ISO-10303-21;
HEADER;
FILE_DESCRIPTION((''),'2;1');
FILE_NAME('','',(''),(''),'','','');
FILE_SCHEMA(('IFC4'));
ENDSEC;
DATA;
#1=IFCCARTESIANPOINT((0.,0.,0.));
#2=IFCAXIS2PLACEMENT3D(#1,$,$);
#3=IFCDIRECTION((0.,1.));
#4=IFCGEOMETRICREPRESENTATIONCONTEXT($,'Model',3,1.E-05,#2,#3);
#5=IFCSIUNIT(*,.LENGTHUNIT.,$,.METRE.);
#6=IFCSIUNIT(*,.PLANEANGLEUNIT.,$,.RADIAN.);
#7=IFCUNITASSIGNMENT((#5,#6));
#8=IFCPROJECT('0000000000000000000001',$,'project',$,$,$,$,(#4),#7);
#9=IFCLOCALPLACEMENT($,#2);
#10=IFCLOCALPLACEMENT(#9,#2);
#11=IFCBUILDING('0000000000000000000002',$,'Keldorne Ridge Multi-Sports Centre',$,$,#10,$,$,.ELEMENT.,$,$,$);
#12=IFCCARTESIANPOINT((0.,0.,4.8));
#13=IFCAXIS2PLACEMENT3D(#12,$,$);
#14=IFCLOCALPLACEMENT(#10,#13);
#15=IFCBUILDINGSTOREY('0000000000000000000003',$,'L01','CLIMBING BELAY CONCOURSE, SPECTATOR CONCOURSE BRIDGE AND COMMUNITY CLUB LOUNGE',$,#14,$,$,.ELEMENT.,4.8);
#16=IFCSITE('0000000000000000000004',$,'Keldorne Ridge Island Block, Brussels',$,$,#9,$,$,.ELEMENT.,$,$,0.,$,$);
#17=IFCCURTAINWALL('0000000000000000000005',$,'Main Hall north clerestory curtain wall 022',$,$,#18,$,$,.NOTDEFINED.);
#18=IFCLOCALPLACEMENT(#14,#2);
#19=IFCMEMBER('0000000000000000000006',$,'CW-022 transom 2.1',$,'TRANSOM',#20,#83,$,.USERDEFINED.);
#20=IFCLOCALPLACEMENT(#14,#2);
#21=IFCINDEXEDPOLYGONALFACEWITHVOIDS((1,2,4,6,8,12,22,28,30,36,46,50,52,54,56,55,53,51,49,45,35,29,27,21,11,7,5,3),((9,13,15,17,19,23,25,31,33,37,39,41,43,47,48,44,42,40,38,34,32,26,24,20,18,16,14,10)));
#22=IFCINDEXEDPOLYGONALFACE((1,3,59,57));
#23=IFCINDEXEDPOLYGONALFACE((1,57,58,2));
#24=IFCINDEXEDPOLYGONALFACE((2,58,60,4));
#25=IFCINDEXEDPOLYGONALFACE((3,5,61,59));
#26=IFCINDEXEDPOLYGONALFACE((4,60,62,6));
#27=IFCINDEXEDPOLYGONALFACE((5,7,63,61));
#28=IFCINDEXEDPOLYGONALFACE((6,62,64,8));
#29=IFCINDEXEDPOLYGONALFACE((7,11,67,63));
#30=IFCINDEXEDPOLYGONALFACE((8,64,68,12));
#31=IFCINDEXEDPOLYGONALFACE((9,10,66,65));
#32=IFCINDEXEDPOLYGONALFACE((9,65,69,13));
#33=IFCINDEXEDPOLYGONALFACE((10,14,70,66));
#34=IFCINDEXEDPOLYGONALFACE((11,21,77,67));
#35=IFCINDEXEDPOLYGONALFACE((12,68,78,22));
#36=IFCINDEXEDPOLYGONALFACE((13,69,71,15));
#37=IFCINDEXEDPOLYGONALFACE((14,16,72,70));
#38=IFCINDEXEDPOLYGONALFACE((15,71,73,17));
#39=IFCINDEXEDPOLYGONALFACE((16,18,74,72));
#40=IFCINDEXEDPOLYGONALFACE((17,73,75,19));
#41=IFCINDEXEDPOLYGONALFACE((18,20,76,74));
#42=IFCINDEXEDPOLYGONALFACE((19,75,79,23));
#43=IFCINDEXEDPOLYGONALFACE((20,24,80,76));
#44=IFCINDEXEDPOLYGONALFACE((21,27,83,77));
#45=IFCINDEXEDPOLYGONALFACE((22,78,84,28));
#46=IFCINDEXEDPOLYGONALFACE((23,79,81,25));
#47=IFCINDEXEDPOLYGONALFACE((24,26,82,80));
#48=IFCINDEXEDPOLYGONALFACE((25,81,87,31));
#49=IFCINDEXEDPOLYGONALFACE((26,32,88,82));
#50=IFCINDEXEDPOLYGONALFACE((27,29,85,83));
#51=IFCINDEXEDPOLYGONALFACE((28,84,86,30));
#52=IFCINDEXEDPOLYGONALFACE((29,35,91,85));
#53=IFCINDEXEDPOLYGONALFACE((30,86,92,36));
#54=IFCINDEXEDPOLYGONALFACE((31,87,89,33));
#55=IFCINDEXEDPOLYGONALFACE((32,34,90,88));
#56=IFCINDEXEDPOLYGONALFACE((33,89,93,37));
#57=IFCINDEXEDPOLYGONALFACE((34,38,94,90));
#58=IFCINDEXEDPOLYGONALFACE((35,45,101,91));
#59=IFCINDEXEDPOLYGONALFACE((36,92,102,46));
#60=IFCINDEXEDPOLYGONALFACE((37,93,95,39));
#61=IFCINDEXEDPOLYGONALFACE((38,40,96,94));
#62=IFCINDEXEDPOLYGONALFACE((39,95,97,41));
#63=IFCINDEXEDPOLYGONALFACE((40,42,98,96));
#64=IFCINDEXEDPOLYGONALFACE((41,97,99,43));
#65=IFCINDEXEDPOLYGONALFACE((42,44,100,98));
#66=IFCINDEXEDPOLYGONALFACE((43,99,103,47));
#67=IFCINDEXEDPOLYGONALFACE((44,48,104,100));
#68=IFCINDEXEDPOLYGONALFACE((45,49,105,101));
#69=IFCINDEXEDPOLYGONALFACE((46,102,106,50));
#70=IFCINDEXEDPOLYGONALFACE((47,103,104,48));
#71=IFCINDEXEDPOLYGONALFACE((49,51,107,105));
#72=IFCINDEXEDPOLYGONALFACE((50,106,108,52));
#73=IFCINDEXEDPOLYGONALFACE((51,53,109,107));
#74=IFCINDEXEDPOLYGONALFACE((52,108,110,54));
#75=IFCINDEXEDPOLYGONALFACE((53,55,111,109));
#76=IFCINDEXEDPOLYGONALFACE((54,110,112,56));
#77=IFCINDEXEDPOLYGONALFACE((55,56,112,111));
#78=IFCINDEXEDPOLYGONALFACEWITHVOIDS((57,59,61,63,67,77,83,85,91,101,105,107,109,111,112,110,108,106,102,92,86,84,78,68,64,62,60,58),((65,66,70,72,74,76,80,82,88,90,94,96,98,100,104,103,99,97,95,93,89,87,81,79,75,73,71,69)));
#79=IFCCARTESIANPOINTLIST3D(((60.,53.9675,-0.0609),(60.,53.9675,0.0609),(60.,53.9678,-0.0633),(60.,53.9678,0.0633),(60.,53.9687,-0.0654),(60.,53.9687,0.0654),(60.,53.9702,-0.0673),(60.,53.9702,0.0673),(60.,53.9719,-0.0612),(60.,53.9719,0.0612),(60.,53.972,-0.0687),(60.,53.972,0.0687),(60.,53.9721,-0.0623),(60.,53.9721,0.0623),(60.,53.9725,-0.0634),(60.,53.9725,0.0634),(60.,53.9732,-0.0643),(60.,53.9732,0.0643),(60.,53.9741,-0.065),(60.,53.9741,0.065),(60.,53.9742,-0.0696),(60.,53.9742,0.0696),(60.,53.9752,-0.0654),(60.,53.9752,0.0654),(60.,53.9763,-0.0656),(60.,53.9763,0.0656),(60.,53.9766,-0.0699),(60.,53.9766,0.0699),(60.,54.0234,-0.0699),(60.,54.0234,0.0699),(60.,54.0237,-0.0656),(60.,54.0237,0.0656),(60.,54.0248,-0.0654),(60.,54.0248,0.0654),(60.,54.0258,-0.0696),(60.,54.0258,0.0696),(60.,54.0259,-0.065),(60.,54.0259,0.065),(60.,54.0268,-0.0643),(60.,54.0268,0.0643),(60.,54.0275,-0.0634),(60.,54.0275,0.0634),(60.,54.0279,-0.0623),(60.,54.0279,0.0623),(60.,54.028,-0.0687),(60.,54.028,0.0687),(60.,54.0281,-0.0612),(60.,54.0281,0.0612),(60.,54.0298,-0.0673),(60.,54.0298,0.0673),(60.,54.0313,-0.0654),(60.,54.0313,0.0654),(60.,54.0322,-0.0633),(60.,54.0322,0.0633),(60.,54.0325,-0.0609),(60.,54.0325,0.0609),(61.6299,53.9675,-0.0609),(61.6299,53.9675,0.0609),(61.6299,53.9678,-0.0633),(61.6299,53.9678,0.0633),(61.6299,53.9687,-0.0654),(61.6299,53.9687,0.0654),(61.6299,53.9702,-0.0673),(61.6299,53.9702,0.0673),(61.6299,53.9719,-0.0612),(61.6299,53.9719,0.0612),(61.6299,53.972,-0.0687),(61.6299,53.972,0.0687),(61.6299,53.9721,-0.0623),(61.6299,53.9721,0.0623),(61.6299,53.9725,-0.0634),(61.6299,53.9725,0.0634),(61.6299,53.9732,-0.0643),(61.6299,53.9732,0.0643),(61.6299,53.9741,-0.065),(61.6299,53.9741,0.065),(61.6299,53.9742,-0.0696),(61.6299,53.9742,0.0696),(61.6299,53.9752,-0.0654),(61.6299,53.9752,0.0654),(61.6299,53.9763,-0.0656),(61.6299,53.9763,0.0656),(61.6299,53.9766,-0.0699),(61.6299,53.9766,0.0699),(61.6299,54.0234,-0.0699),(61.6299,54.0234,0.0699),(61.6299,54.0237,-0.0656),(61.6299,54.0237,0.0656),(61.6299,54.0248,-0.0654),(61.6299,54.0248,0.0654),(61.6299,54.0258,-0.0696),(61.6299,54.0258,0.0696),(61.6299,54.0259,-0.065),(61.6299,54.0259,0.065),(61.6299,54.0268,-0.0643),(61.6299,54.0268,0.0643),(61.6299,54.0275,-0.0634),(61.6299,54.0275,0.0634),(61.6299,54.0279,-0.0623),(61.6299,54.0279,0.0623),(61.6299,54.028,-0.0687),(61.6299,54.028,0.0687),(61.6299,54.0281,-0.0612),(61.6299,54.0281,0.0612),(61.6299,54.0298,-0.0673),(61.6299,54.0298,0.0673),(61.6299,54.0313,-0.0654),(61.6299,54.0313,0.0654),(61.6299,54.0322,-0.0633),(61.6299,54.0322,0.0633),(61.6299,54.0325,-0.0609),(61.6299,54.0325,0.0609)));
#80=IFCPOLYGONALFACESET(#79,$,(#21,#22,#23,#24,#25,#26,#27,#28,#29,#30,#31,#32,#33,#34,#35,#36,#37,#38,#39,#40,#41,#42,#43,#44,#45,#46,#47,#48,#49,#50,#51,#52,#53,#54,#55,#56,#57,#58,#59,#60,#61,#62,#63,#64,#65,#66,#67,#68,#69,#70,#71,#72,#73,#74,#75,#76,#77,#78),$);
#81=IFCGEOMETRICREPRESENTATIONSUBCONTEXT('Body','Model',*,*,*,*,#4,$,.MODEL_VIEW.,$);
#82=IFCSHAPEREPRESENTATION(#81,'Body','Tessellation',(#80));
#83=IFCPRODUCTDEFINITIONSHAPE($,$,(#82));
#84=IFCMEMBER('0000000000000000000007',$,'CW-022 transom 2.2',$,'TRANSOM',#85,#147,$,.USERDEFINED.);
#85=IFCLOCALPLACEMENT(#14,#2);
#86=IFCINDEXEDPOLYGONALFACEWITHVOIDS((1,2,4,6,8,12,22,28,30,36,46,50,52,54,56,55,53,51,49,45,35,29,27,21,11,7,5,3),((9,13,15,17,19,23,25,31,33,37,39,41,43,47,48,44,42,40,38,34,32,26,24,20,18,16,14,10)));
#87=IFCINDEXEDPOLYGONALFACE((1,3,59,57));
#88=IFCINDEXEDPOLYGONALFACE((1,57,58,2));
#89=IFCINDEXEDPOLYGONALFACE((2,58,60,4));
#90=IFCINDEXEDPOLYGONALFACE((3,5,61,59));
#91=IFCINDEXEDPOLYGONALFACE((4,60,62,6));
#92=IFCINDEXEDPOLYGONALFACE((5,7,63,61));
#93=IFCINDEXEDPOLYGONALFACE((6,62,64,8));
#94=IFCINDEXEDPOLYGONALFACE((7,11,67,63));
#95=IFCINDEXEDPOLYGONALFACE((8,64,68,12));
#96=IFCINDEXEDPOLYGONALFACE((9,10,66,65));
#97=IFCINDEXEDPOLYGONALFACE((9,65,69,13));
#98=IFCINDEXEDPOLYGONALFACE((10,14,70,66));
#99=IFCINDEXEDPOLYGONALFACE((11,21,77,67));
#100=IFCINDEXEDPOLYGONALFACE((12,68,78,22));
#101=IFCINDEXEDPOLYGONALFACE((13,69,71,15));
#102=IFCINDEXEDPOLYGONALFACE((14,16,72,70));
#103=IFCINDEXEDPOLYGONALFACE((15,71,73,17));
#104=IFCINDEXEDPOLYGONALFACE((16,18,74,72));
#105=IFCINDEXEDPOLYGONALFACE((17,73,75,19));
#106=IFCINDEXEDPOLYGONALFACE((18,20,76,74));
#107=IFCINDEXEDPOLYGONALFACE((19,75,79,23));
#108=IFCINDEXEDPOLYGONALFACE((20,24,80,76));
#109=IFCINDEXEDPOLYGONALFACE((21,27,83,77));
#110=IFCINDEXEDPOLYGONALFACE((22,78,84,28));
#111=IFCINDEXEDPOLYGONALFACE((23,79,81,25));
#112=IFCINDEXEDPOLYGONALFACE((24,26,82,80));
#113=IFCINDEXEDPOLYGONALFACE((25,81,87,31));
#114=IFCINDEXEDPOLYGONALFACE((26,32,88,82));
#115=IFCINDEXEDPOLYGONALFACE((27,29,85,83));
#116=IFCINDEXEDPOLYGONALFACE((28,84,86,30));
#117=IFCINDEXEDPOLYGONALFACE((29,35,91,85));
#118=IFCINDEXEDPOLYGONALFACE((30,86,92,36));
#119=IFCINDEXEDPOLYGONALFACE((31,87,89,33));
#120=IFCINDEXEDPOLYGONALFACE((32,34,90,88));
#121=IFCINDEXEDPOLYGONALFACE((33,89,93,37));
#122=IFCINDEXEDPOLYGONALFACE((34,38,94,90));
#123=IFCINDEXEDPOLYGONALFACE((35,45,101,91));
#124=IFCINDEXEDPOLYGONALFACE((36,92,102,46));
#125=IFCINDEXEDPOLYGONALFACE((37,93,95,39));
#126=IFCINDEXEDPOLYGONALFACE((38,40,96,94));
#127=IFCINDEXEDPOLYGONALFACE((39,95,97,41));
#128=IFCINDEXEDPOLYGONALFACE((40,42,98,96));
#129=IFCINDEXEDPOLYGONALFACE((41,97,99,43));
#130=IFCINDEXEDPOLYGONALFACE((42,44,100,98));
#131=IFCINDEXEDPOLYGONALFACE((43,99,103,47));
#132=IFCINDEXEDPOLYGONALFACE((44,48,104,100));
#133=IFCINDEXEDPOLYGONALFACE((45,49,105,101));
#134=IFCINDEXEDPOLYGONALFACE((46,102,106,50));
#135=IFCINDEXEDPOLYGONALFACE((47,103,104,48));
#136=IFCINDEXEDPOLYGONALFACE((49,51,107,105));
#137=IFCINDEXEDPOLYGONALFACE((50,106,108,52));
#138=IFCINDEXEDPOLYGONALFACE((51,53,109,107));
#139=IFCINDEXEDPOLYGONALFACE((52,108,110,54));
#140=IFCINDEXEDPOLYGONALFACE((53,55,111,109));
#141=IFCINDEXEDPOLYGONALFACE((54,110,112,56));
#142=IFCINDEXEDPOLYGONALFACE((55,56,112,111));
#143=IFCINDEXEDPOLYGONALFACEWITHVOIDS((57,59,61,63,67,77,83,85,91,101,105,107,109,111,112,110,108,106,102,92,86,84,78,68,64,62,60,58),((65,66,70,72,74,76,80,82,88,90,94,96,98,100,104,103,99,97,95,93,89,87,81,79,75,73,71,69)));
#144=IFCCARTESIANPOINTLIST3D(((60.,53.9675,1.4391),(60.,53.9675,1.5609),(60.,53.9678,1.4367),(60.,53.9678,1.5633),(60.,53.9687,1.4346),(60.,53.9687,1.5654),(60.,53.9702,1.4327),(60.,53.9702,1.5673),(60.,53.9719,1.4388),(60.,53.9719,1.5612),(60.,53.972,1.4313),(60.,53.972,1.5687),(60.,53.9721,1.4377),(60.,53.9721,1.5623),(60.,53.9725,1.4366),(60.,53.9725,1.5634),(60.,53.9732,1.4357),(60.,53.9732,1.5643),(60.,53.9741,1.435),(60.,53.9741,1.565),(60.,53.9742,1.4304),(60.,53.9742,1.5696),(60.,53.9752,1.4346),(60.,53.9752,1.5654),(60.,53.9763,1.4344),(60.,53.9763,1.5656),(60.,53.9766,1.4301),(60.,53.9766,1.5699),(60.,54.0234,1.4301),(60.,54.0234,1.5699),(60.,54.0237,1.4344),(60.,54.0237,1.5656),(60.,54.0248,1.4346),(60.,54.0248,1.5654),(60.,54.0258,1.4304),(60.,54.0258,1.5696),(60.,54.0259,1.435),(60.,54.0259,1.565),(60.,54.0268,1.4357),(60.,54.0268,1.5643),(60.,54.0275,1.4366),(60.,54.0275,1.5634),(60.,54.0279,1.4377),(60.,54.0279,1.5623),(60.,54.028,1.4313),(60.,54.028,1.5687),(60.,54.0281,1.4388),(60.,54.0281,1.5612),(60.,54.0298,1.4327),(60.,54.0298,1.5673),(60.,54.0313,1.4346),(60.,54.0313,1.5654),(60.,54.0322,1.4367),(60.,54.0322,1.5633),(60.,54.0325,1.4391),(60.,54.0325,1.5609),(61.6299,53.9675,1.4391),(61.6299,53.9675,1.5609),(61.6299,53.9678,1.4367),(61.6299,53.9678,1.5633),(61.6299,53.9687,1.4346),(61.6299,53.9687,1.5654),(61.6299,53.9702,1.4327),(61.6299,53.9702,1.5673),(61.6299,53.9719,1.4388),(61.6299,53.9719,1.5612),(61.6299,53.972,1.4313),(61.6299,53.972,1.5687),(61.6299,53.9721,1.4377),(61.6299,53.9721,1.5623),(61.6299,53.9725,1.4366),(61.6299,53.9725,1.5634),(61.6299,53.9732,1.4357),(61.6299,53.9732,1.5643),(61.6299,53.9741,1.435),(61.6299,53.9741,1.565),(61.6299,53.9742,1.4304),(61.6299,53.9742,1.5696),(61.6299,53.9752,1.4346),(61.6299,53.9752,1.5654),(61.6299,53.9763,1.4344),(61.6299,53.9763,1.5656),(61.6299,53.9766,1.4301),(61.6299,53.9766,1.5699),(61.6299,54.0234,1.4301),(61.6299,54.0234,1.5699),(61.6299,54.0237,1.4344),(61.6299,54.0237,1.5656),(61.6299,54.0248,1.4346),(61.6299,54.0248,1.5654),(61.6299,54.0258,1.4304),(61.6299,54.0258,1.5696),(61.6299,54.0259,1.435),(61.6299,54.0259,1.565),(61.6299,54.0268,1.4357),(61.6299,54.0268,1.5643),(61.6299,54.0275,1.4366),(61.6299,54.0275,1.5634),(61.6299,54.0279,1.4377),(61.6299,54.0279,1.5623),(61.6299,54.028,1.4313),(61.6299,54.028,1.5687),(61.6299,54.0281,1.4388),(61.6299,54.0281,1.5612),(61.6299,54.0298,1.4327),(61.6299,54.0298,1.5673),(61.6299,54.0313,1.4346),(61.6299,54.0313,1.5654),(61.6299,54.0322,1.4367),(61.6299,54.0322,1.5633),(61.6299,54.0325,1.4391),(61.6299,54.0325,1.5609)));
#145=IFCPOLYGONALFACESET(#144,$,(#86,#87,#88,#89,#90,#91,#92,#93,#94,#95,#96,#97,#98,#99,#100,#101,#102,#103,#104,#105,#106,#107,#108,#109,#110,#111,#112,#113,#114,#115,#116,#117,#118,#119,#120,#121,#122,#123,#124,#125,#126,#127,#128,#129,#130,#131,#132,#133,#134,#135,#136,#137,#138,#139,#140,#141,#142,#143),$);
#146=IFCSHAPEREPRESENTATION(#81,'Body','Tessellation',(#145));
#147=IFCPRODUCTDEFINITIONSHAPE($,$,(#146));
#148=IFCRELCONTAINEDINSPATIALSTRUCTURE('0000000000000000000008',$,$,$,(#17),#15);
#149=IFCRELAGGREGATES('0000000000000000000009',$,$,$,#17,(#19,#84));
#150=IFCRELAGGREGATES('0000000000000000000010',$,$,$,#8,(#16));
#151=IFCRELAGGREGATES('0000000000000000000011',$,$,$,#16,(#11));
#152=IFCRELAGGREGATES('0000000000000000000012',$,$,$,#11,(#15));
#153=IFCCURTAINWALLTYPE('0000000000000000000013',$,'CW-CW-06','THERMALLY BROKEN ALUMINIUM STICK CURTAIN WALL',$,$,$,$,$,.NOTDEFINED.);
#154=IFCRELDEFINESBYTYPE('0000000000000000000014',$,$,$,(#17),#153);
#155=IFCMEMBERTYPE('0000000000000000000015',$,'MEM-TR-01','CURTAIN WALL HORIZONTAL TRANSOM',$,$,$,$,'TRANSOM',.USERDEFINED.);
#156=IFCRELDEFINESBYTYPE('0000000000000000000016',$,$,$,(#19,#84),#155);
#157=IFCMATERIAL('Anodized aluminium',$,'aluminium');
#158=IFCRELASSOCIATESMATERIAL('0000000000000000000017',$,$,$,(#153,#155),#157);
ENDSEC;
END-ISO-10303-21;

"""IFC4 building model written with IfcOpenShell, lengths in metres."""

from ifc_helpers import new_model, si_unit, direction, frame, origin, origin_2d, place, context, subcontext, project, spatial, hollow_rectangle, extrude, material, material_profile, profile_set, type_object, element, aggregate, save


model = new_model("IFC4")

# Units and contexts
model_context = context("Model", 3, precision=1e-05, world=origin(), true_north=direction((0.0, 1.0)))
body_context = subcontext(model_context, "Body", "Model", "MODEL_VIEW")
ifc_project = project(units=[si_unit("LENGTHUNIT", "METRE"), si_unit("PLANEANGLEUNIT", "RADIAN")], contexts=[model_context])

# Site, building, storey
site_placement = place(None, origin())
site = spatial("IfcSite", under=ifc_project, at=site_placement, Name="Keldorne Ridge Island Block, Brussels", CompositionType="ELEMENT", RefElevation=0.0)
building_placement = place(site_placement, origin())
building = spatial("IfcBuilding", under=site, at=building_placement, Name="Keldorne Ridge Multi-Sports Centre", CompositionType="ELEMENT")
storey_placement = place(building_placement, frame((0.0, 0.0, 4.8)))
storey = spatial("IfcBuildingStorey", under=building, at=storey_placement, Name="L01", Description="CLIMBING BELAY CONCOURSE, SPECTATOR CONCOURSE BRIDGE AND COMMUNITY CLUB LOUNGE", CompositionType="ELEMENT", Elevation=4.8)

# Curtain wall
ifc_material_1 = material(Name="Anodized aluminium", Category="aluminium")
curtain_wall_type_1 = type_object("IfcCurtainWallType", Name="CW-CW-06", Description="THERMALLY BROKEN ALUMINIUM STICK CURTAIN WALL", PredefinedType="NOTDEFINED", material=ifc_material_1)
curtain_wall_1_placement = place(storey_placement, origin())
curtain_wall_1 = element("IfcCurtainWall", 1, at=curtain_wall_1_placement, inside=storey, type_object=curtain_wall_type_1, Name="Main Hall north clerestory curtain wall 022", PredefinedType="NOTDEFINED")

# Members
ifc_material_profile_1 = material_profile(ifc_material_1, hollow_rectangle(XDim=0.0649, YDim=0.1399, WallThickness=0.0044, InnerFilletRadius=0.0044, OuterFilletRadius=0.009, at=origin_2d()), Name="ALU TRANSOM 140x65x4.5")
ifc_profile_set_1 = profile_set([ifc_material_profile_1], Name="Anodized aluminium")
member_type_1 = type_object("IfcMemberType", Name="MEM-TR-01", Description="CURTAIN WALL HORIZONTAL TRANSOM", ElementType="TRANSOM", PredefinedType="USERDEFINED", material=ifc_profile_set_1)
member_1_placement = place(storey_placement, frame((61.6299, 54.0, 0.0), z_axis=(-1.0, 0.0, 0.0), x_axis=(0.0, -1.0, 0.0)))
member_1 = element("IfcMember", 2, at=member_1_placement, type_object=member_type_1, Name="CW-022 transom 2.1", ObjectType="TRANSOM", PredefinedType="USERDEFINED", context=body_context, shape_type="SweptSolid", body=[
    extrude(hollow_rectangle(XDim=0.0649, YDim=0.1399, WallThickness=0.0044, InnerFilletRadius=0.0044, OuterFilletRadius=0.009, at=origin_2d()), origin(), (0.0, 0.0, 1.0), 1.6299),
])
member_2_placement = place(storey_placement, frame((61.6299, 54.0, 1.5), z_axis=(-1.0, 0.0, 0.0), x_axis=(0.0, -1.0, 0.0)))
member_2 = element("IfcMember", 3, at=member_2_placement, type_object=member_type_1, Name="CW-022 transom 2.2", ObjectType="TRANSOM", PredefinedType="USERDEFINED", context=body_context, shape_type="SweptSolid", body=[
    extrude(hollow_rectangle(XDim=0.0649, YDim=0.1399, WallThickness=0.0044, InnerFilletRadius=0.0044, OuterFilletRadius=0.009, at=origin_2d()), origin(), (0.0, 0.0, 1.0), 1.6299),
])

aggregate(curtain_wall_1, [member_1, member_2])

save(model, "model.ifc")
